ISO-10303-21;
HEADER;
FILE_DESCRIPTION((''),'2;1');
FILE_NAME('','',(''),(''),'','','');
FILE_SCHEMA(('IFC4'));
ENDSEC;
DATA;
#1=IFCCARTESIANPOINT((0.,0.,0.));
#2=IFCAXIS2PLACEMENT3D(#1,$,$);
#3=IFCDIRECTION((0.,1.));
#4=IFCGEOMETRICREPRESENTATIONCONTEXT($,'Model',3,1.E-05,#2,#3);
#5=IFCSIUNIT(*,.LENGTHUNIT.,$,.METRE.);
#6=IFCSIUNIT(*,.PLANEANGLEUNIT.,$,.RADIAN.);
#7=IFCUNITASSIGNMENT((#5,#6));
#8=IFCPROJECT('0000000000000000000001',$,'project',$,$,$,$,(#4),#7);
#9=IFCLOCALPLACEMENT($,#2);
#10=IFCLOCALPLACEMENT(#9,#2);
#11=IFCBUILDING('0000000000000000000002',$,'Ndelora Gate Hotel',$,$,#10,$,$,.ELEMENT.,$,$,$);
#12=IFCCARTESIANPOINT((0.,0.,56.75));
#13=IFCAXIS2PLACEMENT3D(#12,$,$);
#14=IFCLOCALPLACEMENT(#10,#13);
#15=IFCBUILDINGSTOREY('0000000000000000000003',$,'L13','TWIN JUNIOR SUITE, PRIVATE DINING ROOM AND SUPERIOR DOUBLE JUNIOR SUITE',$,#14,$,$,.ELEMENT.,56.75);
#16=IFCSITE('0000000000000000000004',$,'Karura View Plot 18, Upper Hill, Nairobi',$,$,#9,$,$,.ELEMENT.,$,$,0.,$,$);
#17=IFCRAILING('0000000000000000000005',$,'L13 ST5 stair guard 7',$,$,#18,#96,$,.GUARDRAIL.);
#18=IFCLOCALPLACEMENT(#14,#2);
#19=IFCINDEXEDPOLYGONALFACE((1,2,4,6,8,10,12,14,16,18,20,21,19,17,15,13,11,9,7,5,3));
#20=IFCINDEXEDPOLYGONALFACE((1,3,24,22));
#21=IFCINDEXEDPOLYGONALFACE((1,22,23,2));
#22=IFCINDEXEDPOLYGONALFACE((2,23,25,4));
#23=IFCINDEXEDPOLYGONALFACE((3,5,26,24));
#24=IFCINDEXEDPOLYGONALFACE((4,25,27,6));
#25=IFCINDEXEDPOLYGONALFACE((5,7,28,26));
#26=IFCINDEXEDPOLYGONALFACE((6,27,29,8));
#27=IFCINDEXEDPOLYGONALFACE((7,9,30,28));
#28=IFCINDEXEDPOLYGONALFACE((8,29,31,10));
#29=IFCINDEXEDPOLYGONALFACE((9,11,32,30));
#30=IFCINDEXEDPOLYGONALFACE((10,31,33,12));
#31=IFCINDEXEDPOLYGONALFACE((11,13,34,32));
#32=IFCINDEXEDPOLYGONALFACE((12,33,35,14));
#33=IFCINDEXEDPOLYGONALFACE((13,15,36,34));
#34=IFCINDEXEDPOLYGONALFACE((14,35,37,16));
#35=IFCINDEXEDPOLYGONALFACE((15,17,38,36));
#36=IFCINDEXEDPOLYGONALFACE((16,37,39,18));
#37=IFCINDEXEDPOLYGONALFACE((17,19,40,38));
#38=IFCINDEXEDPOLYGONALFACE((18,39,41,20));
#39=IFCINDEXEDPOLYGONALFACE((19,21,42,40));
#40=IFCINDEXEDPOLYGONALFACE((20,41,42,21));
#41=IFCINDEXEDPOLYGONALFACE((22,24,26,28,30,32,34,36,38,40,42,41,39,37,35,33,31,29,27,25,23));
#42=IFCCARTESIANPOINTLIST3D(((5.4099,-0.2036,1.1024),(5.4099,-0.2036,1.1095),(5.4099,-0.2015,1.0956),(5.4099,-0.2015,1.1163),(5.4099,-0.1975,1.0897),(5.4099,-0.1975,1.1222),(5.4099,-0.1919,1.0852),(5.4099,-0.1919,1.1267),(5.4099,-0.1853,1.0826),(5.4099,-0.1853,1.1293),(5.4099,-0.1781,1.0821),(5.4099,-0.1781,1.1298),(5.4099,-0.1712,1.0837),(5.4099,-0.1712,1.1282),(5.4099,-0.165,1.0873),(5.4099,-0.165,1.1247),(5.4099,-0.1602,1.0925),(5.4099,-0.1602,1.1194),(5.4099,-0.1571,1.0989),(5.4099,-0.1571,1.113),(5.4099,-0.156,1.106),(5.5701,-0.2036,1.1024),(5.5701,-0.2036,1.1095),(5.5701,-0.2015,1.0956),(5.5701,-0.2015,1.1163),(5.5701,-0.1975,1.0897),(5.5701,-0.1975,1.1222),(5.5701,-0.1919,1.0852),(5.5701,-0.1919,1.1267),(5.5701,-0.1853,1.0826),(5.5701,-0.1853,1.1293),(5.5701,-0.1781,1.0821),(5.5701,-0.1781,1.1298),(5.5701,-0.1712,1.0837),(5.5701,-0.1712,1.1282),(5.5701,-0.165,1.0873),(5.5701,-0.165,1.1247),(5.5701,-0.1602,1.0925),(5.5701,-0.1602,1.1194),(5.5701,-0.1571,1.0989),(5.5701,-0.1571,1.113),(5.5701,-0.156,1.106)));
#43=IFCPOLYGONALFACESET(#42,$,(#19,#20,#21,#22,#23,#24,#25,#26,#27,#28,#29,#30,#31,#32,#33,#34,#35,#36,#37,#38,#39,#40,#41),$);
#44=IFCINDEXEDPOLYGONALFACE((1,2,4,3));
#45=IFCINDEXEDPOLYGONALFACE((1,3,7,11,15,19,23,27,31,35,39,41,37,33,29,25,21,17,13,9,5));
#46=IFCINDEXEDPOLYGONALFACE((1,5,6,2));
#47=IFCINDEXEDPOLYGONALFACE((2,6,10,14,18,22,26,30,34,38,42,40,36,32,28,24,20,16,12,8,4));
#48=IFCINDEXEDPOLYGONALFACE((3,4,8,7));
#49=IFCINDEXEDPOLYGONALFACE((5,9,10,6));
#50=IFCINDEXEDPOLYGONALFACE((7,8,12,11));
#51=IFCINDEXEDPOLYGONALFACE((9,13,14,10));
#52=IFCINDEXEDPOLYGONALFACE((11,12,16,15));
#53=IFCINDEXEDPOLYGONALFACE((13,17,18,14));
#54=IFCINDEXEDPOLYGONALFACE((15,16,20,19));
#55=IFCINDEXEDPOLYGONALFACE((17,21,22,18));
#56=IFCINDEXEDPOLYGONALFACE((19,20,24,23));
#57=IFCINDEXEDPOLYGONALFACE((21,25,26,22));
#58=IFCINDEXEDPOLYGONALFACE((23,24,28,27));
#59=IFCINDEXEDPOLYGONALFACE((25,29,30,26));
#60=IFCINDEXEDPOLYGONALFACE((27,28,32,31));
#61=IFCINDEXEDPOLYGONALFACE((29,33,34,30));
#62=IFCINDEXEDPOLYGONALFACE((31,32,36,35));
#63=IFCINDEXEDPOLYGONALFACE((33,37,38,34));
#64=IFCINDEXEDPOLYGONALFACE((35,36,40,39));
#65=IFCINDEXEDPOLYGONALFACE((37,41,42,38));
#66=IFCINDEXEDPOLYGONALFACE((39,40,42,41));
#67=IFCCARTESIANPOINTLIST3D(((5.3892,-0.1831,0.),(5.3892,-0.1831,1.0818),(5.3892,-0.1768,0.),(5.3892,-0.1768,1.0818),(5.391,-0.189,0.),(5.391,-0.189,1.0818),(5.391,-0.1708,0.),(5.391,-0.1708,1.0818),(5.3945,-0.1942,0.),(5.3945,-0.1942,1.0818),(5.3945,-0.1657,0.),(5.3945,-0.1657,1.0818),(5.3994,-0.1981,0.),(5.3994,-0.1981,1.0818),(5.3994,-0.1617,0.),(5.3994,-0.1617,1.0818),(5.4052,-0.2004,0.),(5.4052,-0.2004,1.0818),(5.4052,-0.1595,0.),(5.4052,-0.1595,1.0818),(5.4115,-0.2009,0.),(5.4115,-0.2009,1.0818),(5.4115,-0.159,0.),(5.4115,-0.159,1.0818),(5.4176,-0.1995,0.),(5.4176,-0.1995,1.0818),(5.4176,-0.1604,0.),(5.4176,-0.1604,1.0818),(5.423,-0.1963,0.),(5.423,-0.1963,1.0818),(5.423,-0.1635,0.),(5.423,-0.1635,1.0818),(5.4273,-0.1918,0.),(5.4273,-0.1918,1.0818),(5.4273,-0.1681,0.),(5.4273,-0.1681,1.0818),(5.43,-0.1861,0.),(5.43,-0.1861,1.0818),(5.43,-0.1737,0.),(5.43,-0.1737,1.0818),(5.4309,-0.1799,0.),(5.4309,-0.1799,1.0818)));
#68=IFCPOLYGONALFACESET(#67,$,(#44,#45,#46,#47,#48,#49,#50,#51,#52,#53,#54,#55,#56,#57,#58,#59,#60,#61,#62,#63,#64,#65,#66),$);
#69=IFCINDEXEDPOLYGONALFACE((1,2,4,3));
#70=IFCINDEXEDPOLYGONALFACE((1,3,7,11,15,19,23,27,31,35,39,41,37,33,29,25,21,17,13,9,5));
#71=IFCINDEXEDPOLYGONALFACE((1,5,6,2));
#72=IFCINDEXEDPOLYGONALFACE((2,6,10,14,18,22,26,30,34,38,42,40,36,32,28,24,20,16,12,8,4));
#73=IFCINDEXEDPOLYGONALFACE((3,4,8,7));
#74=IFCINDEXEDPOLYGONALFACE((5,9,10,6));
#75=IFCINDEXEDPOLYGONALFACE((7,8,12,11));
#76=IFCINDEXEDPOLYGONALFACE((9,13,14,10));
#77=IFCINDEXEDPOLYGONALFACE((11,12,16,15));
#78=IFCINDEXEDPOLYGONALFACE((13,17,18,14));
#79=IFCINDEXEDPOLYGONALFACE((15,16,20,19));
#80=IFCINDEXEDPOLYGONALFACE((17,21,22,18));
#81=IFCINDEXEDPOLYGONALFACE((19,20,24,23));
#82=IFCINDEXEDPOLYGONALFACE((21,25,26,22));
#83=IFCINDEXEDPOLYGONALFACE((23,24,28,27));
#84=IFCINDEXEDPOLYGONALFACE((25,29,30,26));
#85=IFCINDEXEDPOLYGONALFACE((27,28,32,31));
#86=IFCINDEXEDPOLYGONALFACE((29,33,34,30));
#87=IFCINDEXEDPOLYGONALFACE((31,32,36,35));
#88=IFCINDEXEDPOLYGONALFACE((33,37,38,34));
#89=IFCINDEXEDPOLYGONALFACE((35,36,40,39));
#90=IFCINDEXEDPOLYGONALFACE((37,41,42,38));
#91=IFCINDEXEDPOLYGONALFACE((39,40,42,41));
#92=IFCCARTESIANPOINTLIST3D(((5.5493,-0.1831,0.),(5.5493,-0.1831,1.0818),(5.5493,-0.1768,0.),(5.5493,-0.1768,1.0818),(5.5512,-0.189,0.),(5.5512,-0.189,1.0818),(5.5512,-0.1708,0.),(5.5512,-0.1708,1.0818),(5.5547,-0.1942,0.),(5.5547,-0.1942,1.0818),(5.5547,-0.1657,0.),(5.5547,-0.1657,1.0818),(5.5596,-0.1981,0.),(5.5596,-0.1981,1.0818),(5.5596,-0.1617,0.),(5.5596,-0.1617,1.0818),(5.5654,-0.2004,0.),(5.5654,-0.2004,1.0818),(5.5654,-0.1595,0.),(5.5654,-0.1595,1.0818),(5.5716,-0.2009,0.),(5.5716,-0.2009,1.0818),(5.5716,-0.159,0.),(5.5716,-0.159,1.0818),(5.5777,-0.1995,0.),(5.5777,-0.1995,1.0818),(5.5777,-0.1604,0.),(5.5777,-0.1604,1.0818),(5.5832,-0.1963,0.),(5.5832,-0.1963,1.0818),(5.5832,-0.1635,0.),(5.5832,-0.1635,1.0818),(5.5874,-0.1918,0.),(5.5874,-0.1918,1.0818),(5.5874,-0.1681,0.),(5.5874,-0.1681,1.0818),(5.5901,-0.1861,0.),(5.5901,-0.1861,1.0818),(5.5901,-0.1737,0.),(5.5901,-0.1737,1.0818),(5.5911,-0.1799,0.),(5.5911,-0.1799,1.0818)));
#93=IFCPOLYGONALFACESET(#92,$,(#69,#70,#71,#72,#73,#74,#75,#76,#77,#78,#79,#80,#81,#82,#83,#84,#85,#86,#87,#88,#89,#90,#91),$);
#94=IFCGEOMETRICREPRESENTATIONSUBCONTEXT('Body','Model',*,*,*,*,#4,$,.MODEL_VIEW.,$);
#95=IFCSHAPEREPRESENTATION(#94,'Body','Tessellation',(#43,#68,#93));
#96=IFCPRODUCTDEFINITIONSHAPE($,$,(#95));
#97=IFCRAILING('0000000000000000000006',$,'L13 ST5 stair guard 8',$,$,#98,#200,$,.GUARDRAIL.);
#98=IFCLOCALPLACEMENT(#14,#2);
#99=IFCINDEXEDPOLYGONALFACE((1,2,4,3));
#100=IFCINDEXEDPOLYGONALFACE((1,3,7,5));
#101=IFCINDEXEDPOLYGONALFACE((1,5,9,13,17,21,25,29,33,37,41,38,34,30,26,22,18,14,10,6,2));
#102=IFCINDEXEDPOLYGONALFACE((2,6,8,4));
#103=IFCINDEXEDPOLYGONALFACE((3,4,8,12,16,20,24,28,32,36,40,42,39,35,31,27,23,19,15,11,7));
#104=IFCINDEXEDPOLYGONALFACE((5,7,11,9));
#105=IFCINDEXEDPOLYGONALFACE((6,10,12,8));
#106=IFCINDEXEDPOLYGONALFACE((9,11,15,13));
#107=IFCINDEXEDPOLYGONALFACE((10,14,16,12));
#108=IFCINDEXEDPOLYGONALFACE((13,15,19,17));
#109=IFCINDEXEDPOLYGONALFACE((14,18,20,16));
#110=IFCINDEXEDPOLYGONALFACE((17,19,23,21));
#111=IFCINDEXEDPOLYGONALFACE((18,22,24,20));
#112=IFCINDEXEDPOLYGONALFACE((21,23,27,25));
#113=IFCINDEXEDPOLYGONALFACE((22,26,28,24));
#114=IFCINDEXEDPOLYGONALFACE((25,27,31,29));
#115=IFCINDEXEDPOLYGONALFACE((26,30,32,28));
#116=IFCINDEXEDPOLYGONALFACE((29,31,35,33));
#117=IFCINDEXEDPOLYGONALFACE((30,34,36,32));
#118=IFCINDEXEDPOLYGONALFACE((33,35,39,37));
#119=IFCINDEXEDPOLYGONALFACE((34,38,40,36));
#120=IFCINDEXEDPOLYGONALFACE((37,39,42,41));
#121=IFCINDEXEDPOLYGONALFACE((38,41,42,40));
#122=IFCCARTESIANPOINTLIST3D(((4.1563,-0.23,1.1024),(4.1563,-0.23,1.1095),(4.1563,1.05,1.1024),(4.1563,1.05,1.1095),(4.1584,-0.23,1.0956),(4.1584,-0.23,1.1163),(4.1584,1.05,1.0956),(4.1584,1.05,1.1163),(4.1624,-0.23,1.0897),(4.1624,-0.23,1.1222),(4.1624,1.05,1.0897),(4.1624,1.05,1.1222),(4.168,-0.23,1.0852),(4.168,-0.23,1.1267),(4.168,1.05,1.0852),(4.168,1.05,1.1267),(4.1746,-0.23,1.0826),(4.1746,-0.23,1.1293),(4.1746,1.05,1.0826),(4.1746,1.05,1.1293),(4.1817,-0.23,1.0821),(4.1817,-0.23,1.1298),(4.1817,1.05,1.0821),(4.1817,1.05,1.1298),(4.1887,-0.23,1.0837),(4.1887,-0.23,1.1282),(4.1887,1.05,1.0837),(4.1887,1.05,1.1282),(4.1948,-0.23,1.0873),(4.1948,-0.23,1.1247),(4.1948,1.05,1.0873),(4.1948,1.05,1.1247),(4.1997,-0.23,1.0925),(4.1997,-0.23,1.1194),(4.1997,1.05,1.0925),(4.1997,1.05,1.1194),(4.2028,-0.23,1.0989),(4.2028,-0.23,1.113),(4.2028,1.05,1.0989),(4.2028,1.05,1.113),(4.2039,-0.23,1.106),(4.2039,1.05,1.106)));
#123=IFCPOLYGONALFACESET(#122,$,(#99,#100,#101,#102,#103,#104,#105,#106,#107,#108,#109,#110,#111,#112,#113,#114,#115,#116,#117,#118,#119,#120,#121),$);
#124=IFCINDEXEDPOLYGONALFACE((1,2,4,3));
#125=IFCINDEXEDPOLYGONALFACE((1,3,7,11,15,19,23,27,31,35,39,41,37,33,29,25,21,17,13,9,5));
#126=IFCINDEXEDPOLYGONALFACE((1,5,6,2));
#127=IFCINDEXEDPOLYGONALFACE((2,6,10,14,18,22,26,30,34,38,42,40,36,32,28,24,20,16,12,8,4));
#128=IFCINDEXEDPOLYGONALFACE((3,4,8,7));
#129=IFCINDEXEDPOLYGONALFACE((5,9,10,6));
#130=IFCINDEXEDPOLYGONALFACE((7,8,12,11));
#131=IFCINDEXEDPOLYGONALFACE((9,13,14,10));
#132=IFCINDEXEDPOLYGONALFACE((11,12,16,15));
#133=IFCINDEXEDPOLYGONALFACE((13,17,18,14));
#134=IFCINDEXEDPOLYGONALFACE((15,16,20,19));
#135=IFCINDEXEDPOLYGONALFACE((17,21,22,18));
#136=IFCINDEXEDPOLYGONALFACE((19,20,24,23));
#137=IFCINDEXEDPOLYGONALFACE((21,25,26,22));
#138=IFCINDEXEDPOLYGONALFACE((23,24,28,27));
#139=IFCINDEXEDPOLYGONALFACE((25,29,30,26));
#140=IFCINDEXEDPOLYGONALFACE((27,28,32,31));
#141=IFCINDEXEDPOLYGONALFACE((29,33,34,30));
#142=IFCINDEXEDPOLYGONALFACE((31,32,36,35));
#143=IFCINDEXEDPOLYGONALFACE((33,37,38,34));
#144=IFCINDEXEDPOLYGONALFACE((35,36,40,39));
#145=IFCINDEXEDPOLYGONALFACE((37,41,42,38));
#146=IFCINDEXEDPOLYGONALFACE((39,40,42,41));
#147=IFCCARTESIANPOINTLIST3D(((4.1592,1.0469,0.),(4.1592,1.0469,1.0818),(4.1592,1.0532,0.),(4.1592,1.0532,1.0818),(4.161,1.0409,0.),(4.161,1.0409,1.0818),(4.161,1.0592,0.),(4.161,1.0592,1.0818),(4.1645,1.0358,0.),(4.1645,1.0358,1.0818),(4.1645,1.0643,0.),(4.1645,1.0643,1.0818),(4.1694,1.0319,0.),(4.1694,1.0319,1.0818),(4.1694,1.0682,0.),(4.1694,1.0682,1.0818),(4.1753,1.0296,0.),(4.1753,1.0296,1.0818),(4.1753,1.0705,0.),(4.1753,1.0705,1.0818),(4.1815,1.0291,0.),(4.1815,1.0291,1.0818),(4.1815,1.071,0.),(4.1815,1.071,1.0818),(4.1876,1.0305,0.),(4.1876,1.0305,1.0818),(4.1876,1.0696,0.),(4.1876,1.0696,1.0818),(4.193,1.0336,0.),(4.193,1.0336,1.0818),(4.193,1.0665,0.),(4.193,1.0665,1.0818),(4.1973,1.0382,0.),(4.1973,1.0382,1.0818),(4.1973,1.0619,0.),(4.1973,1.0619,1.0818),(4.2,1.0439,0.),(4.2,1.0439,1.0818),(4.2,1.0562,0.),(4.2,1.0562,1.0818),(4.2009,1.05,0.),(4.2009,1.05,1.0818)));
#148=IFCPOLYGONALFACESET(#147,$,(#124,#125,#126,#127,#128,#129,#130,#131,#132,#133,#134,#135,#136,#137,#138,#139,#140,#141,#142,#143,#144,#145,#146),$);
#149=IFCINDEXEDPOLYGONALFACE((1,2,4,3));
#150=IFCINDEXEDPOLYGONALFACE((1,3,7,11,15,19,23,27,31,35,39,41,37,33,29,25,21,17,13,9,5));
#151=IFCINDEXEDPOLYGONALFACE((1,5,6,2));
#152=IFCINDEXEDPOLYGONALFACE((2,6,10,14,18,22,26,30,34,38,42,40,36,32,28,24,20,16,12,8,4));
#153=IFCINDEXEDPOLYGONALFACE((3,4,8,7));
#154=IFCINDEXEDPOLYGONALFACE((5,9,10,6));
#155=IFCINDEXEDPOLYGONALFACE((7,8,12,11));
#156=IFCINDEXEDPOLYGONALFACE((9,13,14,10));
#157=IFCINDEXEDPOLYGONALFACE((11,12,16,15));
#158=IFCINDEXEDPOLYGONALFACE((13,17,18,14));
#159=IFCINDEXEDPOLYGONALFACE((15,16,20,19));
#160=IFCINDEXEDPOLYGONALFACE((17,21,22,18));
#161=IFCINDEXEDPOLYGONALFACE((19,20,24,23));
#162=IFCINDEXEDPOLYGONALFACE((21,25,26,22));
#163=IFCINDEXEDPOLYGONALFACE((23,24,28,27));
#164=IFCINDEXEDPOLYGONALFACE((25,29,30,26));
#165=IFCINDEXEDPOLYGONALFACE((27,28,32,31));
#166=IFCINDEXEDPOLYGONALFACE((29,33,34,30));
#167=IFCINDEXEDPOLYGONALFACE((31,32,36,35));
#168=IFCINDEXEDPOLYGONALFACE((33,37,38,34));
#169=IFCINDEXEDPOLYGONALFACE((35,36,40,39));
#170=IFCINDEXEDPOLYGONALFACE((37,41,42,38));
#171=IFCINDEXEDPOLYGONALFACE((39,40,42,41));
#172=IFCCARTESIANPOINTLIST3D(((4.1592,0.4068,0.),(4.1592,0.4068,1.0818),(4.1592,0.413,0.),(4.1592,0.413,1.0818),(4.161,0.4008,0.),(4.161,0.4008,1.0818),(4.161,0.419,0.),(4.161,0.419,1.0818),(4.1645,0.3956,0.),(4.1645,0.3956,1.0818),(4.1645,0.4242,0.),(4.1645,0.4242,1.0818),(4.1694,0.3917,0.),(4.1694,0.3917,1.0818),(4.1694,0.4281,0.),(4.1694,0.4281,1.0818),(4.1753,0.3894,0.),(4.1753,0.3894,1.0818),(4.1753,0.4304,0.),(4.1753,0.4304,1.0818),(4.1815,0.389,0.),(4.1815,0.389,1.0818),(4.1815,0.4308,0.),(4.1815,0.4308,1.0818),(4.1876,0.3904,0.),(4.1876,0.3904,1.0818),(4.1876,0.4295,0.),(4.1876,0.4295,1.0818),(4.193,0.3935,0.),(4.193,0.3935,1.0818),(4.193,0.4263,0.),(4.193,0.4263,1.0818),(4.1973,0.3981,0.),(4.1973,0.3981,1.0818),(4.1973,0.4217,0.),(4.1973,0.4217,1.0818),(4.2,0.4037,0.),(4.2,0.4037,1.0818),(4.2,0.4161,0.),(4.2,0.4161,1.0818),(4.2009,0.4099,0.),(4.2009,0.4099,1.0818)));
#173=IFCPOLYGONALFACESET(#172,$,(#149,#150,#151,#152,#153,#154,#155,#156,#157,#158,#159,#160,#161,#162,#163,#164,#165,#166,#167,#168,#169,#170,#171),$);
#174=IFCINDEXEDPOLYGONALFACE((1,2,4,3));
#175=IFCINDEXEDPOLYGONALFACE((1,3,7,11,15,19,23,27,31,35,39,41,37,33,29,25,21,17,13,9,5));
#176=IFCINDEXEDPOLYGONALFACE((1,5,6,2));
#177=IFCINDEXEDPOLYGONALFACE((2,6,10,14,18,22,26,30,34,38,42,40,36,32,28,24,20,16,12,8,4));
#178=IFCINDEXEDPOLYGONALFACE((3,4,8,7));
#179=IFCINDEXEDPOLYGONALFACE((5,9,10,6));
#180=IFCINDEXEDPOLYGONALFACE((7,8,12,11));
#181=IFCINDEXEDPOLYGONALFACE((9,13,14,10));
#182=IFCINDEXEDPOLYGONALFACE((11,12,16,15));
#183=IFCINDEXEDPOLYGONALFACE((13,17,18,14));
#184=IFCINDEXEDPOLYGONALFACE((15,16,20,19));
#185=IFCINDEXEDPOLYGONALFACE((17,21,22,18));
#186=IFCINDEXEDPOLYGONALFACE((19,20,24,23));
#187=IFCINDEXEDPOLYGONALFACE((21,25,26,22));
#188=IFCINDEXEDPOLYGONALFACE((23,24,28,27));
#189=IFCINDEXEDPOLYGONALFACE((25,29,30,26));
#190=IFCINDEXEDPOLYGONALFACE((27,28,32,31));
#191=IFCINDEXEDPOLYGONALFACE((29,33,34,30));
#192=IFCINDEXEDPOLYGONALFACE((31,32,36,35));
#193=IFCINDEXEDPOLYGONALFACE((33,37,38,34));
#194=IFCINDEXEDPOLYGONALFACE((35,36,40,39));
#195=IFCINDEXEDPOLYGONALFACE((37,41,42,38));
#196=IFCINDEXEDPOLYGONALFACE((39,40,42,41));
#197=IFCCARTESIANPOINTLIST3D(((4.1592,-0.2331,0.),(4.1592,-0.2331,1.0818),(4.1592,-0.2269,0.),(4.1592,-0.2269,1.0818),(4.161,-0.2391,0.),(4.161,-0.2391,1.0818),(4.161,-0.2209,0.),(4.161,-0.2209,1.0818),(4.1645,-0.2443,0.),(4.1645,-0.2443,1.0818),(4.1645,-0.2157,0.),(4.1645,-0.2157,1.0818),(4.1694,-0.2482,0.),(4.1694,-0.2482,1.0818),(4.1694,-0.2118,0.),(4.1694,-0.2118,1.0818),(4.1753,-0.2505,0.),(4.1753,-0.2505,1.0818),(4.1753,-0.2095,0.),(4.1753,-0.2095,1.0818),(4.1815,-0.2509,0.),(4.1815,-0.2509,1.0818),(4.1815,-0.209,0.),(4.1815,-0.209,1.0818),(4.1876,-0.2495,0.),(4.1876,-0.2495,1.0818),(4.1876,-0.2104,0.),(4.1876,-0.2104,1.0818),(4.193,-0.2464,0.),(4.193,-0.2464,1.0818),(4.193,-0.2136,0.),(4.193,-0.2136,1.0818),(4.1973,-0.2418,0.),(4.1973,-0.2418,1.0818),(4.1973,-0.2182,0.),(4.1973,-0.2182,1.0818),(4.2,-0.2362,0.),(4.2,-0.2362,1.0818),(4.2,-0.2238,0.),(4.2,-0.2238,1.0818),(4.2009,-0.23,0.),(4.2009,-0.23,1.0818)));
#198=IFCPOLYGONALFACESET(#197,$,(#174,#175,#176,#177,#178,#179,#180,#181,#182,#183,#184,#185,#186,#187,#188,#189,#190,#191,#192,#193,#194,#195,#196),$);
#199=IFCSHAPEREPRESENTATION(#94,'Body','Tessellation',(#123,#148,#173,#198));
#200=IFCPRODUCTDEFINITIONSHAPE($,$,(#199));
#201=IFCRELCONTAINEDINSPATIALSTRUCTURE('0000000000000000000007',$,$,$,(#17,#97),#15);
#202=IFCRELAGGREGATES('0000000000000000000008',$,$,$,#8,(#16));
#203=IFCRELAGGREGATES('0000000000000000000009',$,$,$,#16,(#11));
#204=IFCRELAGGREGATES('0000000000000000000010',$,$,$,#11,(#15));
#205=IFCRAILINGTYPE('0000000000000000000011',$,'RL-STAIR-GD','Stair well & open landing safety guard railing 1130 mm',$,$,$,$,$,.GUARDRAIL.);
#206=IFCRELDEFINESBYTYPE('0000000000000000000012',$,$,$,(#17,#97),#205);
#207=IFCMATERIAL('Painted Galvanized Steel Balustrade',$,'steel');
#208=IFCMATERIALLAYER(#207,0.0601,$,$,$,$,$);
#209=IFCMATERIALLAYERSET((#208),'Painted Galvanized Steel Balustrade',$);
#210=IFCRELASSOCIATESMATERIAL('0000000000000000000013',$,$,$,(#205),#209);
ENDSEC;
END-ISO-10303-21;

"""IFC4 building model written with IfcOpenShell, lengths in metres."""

from ifc_helpers import new_model, si_unit, direction, frame, origin, origin_2d, place, context, subcontext, project, spatial, circle, extrude, material, layer, layer_set, type_object, element, save


model = new_model("IFC4")

# Units and contexts
model_context = context("Model", 3, precision=1e-05, world=origin(), true_north=direction((0.0, 1.0)))
body_context = subcontext(model_context, "Body", "Model", "MODEL_VIEW")
ifc_project = project(units=[si_unit("LENGTHUNIT", "METRE"), si_unit("PLANEANGLEUNIT", "RADIAN")], contexts=[model_context])

# Site, building, storey
site_placement = place(None, origin())
site = spatial("IfcSite", under=ifc_project, at=site_placement, Name="Karura View Plot 18, Upper Hill, Nairobi", CompositionType="ELEMENT", RefElevation=0.0)
building_placement = place(site_placement, origin())
building = spatial("IfcBuilding", under=site, at=building_placement, Name="Ndelora Gate Hotel", CompositionType="ELEMENT")
storey_placement = place(building_placement, frame((0.0, 0.0, 56.75)))
storey = spatial("IfcBuildingStorey", under=building, at=storey_placement, Name="L13", Description="TWIN JUNIOR SUITE, PRIVATE DINING ROOM AND SUPERIOR DOUBLE JUNIOR SUITE", CompositionType="ELEMENT", Elevation=56.75)

# Railings
ifc_material_1 = material(Name="Painted Galvanized Steel Balustrade", Category="steel")
ifc_layer_1 = layer(ifc_material_1, 0.0601)
ifc_layer_set_1 = layer_set([ifc_layer_1], Name="Painted Galvanized Steel Balustrade")
railing_type = type_object("IfcRailingType", Name="RL-STAIR-GD", Description="Stair well & open landing safety guard railing 1130 mm", PredefinedType="GUARDRAIL", material=ifc_layer_set_1)
railing_1_placement = place(storey_placement, frame((5.4099, -0.1799, 0.0)))
element("IfcRailing", 1, at=railing_1_placement, inside=storey, type_object=railing_type, Name="L13 ST5 stair guard 7", PredefinedType="GUARDRAIL", context=body_context, shape_type="SweptSolid", body=[
    extrude(circle(Radius=0.0239, at=origin_2d()), frame((0.0, 0.0, 1.106), z_axis=(1.0, 0.0, 0.0), x_axis=(0.0, 1.0, 0.0)), (0.0, 0.0, 1.0), 0.1602),
    extrude(circle(Radius=0.021, at=origin_2d()), origin(), (0.0, 0.0, 1.0), 1.0818),
    extrude(circle(Radius=0.021, at=origin_2d()), frame((0.1602, 0.0, 0.0)), (0.0, 0.0, 1.0), 1.0818),
])
for number, where, name in (
    (2, (4.1799, 1.05, 0.0), "L13 ST5 stair guard 8"),
):
    element("IfcRailing", number, at=place(storey_placement, frame(where)), inside=storey, type_object=railing_type, Name=name, PredefinedType="GUARDRAIL", context=body_context, shape_type="SweptSolid", body=[
        extrude(circle(Radius=0.0239, at=origin_2d()), frame((0.0, 0.0, 1.106), z_axis=(0.0, -1.0, 0.0), x_axis=(1.0, 0.0, 0.0)), (0.0, 0.0, 1.0), 1.28),
        extrude(circle(Radius=0.021, at=origin_2d()), origin(), (0.0, 0.0, 1.0), 1.0818),
        extrude(circle(Radius=0.021, at=origin_2d()), frame((0.0, -0.6401, 0.0)), (0.0, 0.0, 1.0), 1.0818),
        extrude(circle(Radius=0.021, at=origin_2d()), frame((0.0, -1.28, 0.0)), (0.0, 0.0, 1.0), 1.0818),
    ])

save(model, "model.ifc")
